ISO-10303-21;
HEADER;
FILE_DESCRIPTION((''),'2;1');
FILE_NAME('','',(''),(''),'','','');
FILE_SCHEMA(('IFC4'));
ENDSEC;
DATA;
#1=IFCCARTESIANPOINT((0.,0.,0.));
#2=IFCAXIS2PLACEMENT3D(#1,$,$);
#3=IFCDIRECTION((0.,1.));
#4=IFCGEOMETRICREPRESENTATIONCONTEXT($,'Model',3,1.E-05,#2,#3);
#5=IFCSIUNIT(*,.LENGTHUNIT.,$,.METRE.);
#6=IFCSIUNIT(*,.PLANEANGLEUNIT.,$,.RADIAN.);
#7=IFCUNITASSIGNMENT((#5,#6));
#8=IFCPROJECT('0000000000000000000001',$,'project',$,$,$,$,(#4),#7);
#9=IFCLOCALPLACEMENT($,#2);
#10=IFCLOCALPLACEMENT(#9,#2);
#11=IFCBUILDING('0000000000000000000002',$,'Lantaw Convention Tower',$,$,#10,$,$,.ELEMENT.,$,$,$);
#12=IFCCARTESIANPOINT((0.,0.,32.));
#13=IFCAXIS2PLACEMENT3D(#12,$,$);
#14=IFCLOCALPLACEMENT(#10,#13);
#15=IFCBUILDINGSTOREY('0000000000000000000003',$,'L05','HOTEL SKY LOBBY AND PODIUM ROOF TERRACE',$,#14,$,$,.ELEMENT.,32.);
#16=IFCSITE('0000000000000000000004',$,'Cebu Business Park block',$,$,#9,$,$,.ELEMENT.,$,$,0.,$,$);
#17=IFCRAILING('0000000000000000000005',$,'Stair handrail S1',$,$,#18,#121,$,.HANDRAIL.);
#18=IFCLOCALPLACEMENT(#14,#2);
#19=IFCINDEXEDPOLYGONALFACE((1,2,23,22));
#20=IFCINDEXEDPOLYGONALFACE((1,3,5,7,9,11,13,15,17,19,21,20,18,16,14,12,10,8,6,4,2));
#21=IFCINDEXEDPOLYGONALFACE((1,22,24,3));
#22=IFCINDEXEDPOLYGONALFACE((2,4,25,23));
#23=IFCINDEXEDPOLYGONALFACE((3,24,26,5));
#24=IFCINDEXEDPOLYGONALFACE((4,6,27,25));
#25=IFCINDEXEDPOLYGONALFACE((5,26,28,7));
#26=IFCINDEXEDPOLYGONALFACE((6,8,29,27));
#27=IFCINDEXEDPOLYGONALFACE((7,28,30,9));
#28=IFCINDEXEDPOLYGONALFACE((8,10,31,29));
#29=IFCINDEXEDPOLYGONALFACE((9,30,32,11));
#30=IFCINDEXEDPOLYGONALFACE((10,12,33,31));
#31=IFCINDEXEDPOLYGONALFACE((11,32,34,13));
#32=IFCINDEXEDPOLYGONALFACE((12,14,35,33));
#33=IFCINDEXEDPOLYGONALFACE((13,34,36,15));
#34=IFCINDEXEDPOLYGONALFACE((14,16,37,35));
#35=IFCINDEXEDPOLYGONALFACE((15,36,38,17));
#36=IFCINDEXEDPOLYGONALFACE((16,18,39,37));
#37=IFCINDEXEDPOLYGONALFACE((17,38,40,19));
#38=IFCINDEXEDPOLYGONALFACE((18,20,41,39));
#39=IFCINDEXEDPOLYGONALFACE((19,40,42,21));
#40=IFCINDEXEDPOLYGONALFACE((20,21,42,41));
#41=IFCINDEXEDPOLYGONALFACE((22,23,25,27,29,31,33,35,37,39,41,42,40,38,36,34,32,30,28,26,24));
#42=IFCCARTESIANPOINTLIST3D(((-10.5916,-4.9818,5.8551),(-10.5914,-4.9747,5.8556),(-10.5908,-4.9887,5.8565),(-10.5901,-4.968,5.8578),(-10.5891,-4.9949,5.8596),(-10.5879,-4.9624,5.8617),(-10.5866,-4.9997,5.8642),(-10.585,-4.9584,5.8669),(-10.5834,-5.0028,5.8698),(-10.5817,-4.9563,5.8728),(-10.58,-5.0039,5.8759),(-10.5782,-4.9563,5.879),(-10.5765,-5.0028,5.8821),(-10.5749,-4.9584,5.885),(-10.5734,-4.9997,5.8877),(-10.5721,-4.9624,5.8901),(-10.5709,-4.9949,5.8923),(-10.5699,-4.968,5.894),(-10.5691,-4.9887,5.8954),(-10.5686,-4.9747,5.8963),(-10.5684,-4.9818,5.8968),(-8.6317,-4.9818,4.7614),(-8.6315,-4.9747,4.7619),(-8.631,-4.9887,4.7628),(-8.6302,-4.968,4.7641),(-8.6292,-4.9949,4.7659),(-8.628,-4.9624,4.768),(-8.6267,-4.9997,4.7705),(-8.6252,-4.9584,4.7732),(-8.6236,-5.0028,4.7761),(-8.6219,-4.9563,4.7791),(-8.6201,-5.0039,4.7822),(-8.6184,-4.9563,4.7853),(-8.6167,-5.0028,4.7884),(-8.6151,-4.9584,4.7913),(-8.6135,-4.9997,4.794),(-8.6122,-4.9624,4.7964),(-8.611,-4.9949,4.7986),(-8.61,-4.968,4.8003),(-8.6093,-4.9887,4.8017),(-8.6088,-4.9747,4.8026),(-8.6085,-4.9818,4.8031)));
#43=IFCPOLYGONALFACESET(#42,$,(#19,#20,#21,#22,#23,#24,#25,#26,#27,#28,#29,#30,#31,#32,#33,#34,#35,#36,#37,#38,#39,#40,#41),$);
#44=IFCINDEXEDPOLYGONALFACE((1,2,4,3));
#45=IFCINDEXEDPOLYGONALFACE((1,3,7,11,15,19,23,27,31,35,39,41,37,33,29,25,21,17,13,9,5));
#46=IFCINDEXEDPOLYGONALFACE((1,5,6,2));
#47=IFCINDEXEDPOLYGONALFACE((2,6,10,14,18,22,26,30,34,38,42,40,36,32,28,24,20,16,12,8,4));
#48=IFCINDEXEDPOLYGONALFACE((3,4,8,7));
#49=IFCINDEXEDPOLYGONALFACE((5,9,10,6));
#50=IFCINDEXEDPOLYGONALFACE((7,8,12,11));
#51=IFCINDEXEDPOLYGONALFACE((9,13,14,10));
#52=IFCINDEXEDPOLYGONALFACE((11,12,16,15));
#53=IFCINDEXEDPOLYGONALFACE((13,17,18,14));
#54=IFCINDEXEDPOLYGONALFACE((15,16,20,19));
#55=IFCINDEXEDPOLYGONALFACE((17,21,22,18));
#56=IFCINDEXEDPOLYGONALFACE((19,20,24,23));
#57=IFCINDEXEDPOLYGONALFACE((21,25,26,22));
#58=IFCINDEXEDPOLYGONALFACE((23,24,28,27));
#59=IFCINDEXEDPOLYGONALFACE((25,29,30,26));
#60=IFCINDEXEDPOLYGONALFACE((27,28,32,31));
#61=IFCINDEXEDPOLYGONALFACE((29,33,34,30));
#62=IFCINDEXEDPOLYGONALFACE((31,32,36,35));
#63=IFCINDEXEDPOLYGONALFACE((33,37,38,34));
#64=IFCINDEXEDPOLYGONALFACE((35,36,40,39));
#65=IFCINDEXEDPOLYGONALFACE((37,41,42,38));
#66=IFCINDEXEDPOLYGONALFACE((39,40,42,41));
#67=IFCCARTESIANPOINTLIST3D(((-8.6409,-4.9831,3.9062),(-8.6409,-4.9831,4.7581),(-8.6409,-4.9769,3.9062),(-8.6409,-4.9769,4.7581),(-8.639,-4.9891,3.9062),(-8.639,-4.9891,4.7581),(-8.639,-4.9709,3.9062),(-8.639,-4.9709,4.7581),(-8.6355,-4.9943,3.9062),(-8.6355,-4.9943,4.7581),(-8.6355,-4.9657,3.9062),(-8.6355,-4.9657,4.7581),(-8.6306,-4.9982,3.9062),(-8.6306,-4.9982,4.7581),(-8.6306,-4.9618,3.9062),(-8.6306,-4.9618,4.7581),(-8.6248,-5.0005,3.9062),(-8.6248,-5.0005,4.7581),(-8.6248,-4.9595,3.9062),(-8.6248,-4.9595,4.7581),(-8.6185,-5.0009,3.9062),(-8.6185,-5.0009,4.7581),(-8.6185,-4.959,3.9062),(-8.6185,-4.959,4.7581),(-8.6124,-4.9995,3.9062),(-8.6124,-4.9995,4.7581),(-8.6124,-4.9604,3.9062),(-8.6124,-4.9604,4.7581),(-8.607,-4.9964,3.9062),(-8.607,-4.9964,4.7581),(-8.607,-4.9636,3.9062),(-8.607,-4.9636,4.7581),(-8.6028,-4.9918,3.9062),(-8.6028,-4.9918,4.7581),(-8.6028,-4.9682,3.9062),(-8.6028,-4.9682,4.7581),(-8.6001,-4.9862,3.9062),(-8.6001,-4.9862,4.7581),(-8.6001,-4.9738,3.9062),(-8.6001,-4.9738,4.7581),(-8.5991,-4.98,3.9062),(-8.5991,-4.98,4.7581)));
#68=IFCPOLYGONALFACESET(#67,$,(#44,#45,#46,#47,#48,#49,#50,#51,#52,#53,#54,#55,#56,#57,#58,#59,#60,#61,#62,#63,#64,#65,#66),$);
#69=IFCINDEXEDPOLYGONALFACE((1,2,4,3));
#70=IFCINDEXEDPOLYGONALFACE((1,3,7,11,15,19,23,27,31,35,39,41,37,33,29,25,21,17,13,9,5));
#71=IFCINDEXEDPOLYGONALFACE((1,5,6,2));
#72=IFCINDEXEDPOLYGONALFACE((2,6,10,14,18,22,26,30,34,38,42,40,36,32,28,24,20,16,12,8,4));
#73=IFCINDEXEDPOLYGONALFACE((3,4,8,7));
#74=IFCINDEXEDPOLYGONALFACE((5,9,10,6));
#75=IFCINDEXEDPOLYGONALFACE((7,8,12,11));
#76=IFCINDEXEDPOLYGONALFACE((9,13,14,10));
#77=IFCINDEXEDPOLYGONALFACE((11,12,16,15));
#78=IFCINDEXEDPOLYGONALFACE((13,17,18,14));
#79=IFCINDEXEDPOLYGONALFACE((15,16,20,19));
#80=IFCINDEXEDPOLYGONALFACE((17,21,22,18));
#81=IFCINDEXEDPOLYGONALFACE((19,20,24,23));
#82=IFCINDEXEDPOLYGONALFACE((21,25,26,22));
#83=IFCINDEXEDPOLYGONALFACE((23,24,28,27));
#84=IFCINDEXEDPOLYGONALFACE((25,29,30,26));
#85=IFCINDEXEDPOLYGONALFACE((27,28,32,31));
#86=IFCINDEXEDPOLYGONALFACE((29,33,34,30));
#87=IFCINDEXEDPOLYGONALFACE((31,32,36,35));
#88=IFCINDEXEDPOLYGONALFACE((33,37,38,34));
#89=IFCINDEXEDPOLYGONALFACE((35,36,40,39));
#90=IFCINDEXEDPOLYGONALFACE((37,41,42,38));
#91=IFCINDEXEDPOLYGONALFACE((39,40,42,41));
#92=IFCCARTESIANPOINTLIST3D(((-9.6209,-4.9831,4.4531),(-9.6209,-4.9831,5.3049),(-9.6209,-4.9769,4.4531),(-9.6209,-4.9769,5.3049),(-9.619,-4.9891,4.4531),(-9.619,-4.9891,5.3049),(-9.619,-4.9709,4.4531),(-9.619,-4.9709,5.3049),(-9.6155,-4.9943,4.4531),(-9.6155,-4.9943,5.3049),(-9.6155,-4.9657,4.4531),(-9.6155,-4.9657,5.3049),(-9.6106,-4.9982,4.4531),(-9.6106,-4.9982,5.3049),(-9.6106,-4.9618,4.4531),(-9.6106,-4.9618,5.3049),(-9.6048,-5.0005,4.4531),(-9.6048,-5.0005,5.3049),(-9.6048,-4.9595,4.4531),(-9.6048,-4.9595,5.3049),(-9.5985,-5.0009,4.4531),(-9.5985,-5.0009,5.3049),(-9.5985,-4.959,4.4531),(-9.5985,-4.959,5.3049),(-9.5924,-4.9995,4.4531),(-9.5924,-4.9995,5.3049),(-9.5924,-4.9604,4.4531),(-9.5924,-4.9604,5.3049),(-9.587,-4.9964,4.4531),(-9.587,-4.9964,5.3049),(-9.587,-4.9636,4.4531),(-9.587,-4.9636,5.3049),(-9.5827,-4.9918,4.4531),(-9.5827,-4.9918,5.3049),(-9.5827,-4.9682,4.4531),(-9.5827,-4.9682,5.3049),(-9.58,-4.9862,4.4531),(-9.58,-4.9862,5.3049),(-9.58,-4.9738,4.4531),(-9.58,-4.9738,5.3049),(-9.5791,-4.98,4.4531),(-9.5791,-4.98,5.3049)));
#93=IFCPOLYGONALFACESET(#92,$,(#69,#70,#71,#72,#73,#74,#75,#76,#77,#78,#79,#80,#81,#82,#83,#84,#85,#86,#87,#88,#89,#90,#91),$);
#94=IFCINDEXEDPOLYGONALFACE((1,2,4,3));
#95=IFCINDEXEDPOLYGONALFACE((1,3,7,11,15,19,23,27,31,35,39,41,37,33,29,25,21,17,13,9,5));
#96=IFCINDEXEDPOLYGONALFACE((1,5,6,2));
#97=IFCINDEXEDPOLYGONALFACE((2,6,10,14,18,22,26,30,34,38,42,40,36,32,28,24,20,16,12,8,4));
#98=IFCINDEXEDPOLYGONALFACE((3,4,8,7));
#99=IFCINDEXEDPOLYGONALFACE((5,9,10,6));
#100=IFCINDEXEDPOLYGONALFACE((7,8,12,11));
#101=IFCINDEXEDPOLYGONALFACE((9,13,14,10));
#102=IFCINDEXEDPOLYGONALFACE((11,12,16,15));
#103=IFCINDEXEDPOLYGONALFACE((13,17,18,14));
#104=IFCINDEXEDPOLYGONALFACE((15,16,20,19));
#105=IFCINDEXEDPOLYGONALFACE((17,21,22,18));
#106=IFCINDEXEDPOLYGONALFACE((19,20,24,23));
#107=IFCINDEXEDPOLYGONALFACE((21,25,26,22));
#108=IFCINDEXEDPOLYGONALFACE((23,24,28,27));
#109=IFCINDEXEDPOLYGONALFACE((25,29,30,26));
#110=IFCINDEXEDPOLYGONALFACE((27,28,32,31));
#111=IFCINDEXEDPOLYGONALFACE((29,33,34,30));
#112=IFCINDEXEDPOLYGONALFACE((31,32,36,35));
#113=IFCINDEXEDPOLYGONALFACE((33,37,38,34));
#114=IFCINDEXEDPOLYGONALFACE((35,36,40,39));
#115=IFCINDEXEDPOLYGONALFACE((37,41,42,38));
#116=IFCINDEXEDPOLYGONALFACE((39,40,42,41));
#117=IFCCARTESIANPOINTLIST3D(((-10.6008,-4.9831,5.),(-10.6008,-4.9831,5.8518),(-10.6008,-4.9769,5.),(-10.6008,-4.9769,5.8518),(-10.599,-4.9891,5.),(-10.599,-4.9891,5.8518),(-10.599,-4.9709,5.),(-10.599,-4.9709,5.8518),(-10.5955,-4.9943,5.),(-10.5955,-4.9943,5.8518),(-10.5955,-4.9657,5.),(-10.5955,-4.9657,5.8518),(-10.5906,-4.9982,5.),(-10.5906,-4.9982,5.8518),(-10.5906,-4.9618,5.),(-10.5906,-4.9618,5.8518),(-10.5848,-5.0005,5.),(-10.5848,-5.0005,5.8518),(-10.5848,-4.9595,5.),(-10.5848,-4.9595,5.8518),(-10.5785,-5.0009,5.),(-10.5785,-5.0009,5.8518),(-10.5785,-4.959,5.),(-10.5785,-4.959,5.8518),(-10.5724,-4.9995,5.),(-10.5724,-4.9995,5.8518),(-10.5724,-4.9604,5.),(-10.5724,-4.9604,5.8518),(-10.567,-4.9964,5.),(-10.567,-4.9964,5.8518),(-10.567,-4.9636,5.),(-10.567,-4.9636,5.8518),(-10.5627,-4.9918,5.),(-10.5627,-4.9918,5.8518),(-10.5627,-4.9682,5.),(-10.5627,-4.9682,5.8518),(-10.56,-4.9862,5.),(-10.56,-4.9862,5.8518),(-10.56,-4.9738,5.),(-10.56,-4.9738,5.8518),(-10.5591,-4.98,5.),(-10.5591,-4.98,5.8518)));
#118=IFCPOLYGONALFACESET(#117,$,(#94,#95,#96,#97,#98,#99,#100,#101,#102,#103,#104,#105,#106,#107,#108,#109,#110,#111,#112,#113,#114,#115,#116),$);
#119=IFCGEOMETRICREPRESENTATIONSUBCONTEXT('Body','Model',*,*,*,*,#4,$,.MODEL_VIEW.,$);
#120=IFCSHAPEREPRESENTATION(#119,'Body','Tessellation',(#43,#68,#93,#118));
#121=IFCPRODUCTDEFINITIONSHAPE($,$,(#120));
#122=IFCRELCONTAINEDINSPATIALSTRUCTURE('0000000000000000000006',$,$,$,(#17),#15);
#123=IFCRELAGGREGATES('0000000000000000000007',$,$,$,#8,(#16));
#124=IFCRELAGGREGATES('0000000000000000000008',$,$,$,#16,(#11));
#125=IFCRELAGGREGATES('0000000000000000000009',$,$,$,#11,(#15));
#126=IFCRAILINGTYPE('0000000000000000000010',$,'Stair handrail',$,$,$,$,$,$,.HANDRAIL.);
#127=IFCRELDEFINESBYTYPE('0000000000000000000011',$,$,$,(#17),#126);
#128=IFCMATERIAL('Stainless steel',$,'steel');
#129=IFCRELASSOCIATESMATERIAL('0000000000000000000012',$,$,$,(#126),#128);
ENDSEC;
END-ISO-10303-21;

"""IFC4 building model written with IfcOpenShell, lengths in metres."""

from ifc_helpers import new_model, si_unit, direction, frame, origin, origin_2d, place, context, subcontext, project, spatial, circle, extrude, material, type_object, element, save


model = new_model("IFC4")

# Units and contexts
model_context = context("Model", 3, precision=1e-05, world=origin(), true_north=direction((0.0, 1.0)))
body_context = subcontext(model_context, "Body", "Model", "MODEL_VIEW")
ifc_project = project(units=[si_unit("LENGTHUNIT", "METRE"), si_unit("PLANEANGLEUNIT", "RADIAN")], contexts=[model_context])

# Site, building, storey
site_placement = place(None, origin())
site = spatial("IfcSite", under=ifc_project, at=site_placement, Name="Cebu Business Park block", CompositionType="ELEMENT", RefElevation=0.0)
building_placement = place(site_placement, origin())
building = spatial("IfcBuilding", under=site, at=building_placement, Name="Lantaw Convention Tower", CompositionType="ELEMENT")
storey_placement = place(building_placement, frame((0.0, 0.0, 32.0)))
storey = spatial("IfcBuildingStorey", under=building, at=storey_placement, Name="L05", Description="HOTEL SKY LOBBY AND PODIUM ROOF TERRACE", CompositionType="ELEMENT", Elevation=32.0)

# Shared definitions
ifc_material_1 = material(Name="Stainless steel", Category="steel")

# Railing
railing_type = type_object("IfcRailingType", Name="Stair handrail", PredefinedType="HANDRAIL", material=ifc_material_1)
railing_1_placement = place(storey_placement, frame((-8.6201, -4.98, 3.9062)))
element("IfcRailing", 1, at=railing_1_placement, inside=storey, type_object=railing_type, Name="Stair handrail S1", PredefinedType="HANDRAIL", context=body_context, shape_type="SweptSolid", body=[
    extrude(circle(Radius=0.0239, at=origin_2d()), frame((0.0, 0.0, 0.876), z_axis=(-0.873232, 0.0, 0.487304), x_axis=(0.0, -1.0, 0.0)), (0.0, 0.0, 1.0), 2.2444),
    extrude(circle(Radius=0.021, at=origin_2d()), origin(), (0.0, 0.0, 1.0), 0.8518),
    extrude(circle(Radius=0.021, at=origin_2d()), frame((-0.98, 0.0, 0.5469)), (0.0, 0.0, 1.0), 0.8518),
    extrude(circle(Radius=0.021, at=origin_2d()), frame((-1.96, 0.0, 1.0938)), (0.0, 0.0, 1.0), 0.8518),
])

save(model, "model.ifc")
